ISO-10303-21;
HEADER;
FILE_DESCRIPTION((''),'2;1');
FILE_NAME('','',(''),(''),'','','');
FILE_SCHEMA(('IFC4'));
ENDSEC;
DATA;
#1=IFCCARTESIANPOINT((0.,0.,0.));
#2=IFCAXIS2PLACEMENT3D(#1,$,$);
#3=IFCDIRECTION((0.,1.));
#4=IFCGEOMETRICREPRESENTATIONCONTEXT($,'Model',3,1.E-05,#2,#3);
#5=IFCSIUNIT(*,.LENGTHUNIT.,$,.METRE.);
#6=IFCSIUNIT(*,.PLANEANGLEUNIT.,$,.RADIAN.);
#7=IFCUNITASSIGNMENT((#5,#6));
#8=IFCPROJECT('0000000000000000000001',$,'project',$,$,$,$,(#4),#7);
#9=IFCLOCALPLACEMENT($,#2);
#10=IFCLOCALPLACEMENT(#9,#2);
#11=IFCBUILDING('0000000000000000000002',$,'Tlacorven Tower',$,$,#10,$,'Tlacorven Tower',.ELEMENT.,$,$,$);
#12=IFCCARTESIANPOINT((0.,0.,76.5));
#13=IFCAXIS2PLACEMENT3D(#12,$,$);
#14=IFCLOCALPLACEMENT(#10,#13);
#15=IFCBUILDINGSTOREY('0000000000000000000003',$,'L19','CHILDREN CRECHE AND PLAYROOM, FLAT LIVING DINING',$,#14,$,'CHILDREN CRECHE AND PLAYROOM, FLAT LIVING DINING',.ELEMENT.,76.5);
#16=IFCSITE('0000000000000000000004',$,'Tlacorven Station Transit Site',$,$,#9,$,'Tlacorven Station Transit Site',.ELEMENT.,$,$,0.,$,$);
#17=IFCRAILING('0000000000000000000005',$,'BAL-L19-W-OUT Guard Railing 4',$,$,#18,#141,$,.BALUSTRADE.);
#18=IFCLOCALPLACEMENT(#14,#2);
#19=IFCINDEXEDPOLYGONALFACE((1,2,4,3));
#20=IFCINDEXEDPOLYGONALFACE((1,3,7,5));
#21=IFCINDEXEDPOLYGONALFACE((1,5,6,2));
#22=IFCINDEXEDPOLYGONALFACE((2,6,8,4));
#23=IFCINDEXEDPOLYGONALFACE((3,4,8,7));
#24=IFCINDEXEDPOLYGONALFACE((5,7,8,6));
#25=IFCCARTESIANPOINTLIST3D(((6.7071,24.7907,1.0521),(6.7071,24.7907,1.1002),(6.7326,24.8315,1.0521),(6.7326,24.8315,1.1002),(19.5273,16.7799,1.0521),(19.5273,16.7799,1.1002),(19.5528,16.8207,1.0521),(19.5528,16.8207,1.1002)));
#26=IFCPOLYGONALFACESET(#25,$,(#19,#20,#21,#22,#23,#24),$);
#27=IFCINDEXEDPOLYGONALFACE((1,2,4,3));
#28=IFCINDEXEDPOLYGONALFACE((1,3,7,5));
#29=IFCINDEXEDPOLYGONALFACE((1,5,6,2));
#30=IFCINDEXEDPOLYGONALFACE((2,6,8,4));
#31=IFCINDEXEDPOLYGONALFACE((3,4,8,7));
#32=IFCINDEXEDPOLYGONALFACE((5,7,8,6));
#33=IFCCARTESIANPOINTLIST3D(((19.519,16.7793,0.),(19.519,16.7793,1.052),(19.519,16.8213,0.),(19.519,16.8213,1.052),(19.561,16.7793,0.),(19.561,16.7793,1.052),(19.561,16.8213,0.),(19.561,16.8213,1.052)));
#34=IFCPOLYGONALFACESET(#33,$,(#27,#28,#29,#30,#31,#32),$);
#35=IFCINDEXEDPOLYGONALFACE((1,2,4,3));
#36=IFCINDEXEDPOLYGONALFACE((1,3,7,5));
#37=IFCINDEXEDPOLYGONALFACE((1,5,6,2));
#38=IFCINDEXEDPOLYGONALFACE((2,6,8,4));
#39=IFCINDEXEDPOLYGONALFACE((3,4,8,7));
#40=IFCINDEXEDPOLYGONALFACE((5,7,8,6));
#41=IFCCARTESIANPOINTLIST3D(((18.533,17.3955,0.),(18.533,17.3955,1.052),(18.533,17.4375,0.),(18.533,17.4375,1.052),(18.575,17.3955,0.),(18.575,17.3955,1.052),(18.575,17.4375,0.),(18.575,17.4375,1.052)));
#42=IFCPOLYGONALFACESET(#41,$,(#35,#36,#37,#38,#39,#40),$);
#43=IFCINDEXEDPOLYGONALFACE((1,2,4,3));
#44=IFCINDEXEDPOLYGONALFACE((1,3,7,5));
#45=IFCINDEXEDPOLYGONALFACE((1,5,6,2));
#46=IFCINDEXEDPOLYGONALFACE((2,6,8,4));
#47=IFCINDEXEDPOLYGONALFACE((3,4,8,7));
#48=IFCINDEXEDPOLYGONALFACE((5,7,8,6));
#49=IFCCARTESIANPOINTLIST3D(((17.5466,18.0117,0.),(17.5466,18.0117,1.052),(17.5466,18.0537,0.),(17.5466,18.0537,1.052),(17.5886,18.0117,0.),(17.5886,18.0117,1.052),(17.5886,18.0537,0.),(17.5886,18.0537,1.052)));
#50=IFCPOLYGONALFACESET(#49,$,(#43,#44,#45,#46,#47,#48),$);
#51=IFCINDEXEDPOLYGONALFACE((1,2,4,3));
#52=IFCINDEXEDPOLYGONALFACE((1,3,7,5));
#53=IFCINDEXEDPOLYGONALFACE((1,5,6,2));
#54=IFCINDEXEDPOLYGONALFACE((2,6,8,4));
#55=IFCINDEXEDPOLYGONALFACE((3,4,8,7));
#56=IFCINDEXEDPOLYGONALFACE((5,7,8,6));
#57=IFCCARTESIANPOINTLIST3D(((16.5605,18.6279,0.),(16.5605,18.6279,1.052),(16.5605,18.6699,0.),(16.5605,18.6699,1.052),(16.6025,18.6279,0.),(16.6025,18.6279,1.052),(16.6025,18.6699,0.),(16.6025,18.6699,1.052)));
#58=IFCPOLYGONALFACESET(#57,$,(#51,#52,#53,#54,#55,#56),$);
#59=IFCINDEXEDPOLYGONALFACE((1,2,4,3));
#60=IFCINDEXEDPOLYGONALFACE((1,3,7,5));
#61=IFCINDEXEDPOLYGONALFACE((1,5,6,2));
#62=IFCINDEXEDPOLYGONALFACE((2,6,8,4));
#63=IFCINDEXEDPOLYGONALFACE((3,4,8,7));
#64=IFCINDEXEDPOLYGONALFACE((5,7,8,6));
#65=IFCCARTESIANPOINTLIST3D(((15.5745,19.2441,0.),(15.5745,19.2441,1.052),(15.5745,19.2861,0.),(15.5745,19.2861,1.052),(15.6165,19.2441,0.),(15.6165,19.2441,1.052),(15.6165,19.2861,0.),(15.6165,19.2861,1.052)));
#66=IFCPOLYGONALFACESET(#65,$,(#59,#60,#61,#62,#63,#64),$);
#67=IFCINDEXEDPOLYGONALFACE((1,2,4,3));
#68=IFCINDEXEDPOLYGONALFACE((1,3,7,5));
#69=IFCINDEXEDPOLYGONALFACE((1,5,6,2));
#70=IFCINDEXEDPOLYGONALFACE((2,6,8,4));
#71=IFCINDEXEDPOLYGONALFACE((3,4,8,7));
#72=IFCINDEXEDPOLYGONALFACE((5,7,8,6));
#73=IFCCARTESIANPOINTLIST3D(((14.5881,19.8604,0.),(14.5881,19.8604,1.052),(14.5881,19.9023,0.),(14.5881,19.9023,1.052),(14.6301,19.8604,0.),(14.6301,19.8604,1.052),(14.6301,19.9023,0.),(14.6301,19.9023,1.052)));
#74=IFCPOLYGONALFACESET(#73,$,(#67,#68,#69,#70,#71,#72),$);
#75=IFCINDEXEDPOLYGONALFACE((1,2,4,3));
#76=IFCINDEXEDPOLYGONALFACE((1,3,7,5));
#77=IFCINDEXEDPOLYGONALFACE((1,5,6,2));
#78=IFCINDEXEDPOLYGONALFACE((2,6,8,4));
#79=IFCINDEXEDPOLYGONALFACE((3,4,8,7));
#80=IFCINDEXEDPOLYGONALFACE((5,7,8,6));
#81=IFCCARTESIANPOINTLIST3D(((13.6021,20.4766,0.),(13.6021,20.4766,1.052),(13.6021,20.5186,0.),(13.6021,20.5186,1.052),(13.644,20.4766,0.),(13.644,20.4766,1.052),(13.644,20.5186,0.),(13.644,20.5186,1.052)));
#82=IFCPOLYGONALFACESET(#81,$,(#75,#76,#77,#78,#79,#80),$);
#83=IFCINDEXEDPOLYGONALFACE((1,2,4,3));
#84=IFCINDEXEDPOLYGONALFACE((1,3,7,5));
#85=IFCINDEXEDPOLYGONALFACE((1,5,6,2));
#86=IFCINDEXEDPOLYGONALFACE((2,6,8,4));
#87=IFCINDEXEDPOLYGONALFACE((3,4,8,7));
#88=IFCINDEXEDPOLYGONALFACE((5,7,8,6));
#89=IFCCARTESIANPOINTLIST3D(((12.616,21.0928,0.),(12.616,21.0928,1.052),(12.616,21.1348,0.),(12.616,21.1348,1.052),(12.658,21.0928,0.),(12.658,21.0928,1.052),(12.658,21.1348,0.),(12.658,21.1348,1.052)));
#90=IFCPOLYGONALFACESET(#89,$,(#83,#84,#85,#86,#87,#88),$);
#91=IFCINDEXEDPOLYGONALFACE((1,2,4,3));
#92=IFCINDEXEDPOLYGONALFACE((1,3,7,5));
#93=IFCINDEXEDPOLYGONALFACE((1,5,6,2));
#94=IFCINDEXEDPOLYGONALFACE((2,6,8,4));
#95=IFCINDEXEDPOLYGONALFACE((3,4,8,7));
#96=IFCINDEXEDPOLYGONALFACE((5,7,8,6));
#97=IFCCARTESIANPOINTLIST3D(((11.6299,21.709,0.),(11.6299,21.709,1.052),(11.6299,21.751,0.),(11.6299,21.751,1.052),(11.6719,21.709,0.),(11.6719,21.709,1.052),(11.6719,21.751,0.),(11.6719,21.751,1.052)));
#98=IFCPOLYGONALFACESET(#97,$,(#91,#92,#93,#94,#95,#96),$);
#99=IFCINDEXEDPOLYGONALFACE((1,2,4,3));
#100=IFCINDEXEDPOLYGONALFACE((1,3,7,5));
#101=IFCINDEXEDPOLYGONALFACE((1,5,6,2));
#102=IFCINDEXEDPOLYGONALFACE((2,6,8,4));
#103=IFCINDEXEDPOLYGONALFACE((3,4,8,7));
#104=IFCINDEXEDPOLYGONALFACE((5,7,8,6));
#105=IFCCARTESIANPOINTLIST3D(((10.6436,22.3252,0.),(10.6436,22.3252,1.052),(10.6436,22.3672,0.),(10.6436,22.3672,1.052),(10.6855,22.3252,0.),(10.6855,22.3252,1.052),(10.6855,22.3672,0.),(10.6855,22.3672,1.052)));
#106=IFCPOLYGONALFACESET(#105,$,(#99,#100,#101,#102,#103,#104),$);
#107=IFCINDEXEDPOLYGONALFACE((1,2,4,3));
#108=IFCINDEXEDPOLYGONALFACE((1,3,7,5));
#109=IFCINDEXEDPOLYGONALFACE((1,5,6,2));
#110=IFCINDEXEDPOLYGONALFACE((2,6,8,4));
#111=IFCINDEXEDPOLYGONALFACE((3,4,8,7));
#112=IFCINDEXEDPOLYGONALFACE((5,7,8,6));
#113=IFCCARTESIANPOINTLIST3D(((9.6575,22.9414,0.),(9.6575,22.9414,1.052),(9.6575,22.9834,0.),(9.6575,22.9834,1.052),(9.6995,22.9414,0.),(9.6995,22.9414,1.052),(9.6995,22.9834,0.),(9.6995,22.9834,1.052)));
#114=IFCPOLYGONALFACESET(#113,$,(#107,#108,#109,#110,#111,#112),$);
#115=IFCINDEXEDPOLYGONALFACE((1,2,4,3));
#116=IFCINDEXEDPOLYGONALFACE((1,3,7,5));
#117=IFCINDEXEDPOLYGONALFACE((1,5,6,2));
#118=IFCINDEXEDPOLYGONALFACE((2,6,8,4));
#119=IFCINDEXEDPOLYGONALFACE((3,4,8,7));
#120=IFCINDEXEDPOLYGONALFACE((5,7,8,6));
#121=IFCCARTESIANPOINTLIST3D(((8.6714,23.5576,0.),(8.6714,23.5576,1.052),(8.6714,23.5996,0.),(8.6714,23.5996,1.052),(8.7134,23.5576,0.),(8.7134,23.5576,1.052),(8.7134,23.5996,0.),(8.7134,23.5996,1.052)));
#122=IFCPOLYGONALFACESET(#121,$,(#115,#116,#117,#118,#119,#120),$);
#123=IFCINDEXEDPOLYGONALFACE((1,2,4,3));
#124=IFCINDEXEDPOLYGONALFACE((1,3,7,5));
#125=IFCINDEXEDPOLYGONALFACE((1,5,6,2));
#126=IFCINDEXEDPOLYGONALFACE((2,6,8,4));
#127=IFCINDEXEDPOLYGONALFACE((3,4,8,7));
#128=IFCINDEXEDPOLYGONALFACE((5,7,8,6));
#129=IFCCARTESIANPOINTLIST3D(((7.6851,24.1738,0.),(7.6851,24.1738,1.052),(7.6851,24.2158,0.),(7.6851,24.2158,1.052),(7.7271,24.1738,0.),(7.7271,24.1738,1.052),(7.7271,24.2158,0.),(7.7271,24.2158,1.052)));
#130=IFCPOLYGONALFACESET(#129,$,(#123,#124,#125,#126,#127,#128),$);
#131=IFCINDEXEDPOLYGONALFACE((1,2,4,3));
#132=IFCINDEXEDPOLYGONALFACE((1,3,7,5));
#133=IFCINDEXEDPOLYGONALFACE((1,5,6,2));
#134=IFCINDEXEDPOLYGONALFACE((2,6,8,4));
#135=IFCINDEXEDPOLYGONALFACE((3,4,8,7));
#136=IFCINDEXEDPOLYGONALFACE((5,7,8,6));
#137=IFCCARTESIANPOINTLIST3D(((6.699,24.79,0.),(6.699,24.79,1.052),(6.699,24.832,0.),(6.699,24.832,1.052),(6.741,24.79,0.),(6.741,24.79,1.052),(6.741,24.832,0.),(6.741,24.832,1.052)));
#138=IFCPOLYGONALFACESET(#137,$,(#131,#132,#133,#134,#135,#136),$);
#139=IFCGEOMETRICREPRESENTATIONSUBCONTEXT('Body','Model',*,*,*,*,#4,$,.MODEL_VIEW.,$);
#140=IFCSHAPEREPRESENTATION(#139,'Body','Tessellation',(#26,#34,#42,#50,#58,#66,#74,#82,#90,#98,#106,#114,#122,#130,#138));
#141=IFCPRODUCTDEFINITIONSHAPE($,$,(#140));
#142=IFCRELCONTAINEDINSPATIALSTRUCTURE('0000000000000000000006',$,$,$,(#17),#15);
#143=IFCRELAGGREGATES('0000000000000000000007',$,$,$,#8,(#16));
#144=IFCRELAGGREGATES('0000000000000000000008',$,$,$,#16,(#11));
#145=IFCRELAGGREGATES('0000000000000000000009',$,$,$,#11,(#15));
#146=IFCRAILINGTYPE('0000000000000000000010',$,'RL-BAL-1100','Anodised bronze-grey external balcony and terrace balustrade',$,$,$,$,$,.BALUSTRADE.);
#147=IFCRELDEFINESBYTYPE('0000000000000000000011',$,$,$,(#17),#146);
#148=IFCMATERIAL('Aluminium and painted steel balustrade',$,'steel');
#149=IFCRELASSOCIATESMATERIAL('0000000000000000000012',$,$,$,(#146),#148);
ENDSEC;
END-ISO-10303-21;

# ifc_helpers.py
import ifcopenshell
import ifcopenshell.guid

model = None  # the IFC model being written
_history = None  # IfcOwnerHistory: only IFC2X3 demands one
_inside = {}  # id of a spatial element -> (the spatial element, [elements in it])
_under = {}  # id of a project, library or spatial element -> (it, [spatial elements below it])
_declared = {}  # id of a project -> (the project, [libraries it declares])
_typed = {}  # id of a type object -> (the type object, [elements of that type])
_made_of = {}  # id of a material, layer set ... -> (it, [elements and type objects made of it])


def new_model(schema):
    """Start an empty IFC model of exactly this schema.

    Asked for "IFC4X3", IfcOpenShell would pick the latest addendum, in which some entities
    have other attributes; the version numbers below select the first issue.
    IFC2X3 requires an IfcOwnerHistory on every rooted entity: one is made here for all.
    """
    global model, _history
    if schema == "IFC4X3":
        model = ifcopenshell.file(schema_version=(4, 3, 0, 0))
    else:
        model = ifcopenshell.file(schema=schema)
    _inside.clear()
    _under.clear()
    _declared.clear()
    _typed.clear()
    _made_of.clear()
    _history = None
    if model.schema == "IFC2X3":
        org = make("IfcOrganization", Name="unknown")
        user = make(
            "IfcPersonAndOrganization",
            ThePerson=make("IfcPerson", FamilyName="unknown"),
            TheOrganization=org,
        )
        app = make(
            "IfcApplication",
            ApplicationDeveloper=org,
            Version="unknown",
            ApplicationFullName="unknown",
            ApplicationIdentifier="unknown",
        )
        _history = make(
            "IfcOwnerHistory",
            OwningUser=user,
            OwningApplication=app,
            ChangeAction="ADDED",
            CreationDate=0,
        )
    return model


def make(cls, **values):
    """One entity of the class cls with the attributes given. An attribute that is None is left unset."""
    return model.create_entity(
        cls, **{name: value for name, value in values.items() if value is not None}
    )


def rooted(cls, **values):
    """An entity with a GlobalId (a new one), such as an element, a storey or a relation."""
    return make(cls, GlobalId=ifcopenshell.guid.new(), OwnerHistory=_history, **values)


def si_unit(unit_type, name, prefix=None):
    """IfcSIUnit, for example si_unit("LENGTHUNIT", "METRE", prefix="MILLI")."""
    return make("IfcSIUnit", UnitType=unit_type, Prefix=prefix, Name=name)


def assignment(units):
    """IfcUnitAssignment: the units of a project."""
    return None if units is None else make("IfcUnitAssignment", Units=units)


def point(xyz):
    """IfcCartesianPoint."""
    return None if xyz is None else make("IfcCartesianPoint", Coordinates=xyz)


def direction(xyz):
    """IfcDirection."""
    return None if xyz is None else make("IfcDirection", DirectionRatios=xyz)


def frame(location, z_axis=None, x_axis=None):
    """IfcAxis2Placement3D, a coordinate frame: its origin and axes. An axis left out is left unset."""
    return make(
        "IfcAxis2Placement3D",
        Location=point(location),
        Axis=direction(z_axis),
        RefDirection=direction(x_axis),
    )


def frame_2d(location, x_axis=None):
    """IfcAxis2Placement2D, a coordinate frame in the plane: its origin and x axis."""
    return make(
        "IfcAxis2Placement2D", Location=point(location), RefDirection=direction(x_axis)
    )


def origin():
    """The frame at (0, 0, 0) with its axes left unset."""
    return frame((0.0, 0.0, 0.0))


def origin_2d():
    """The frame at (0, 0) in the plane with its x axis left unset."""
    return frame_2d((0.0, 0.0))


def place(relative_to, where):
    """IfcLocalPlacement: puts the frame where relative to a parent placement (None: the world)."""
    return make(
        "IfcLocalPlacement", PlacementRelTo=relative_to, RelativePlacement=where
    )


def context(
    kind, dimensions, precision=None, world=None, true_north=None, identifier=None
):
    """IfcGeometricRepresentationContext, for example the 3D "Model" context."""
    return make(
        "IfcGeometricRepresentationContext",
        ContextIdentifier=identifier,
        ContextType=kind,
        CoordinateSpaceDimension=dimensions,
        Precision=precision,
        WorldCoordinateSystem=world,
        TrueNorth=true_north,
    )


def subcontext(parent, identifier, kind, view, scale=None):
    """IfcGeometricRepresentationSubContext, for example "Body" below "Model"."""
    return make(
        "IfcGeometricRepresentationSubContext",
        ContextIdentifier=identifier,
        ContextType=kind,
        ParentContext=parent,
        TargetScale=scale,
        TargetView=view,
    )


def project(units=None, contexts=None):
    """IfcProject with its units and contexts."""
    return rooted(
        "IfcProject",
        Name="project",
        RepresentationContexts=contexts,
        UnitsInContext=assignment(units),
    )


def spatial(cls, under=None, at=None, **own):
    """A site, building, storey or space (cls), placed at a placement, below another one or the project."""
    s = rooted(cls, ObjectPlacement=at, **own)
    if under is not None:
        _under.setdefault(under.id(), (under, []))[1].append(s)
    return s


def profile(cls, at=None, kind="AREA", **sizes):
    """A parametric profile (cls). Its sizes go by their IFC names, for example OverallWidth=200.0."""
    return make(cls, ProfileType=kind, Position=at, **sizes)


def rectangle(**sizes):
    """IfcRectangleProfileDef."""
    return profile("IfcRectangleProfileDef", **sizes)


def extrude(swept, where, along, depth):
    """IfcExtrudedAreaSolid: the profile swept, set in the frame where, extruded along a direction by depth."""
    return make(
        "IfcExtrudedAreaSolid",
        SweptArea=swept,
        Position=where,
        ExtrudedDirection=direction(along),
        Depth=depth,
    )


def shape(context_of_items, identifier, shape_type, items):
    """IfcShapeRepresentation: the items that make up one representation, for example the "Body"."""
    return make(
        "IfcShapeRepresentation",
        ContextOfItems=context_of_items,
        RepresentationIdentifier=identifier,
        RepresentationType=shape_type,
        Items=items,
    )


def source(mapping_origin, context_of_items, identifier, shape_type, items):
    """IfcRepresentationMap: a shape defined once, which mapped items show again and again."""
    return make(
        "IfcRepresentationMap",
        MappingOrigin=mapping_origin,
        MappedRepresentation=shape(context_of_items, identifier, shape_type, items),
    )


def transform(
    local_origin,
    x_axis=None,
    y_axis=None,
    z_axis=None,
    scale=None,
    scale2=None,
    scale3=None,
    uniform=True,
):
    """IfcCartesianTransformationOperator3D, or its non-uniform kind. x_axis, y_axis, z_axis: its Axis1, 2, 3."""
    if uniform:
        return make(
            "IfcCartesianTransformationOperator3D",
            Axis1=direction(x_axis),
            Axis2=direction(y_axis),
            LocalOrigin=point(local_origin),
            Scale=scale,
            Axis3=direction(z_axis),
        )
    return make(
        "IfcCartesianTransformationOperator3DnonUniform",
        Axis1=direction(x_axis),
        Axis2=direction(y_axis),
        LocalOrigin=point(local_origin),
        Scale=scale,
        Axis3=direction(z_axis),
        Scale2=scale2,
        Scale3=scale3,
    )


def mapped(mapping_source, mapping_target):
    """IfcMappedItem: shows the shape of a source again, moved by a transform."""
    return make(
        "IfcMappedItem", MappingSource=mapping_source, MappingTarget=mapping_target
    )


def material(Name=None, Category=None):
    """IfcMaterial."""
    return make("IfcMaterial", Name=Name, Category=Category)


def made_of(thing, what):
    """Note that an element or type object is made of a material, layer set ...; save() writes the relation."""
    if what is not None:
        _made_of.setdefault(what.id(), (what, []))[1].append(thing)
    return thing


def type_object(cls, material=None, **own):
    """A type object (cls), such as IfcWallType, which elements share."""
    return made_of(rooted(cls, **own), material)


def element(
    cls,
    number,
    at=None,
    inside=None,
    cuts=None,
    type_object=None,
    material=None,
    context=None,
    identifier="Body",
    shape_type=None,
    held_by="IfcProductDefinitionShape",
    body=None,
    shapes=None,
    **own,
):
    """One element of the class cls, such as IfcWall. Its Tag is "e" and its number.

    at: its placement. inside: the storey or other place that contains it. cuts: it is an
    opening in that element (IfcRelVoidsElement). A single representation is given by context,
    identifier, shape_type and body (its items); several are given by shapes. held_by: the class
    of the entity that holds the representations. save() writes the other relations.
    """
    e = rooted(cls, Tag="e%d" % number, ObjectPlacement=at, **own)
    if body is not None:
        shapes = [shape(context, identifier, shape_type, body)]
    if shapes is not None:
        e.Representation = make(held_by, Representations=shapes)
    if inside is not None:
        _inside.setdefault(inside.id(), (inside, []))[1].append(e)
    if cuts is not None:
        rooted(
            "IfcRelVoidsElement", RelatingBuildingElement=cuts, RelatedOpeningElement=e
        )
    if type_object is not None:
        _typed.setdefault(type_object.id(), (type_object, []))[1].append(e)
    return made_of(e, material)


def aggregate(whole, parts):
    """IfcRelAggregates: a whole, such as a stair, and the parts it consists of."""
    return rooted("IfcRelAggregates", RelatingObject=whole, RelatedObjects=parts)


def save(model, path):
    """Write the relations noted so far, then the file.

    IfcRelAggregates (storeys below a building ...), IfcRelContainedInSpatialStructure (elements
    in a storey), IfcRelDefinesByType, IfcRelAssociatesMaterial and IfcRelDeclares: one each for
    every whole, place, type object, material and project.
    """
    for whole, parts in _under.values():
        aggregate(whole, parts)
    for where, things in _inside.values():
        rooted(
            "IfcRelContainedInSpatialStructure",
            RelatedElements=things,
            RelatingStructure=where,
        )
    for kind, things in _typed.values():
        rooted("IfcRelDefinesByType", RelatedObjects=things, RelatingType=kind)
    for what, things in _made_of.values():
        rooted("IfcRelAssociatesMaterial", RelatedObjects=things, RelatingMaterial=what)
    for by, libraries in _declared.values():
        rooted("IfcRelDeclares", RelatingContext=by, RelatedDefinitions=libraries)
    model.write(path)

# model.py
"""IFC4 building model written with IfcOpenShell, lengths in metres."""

from ifc_helpers import new_model, si_unit, direction, frame, origin, origin_2d, place, context, subcontext, project, spatial, rectangle, extrude, source, transform, mapped, material, type_object, element, save


model = new_model("IFC4")

# Units and contexts
model_context = context("Model", 3, precision=1e-05, world=origin(), true_north=direction((0.0, 1.0)))
body_context = subcontext(model_context, "Body", "Model", "MODEL_VIEW")
ifc_project = project(units=[si_unit("LENGTHUNIT", "METRE"), si_unit("PLANEANGLEUNIT", "RADIAN")], contexts=[model_context])

# Site, building, storey
site_placement = place(None, origin())
site = spatial("IfcSite", under=ifc_project, at=site_placement, Name="Tlacorven Station Transit Site", LongName="Tlacorven Station Transit Site", CompositionType="ELEMENT", RefElevation=0.0)
building_placement = place(site_placement, origin())
building = spatial("IfcBuilding", under=site, at=building_placement, Name="Tlacorven Tower", LongName="Tlacorven Tower", CompositionType="ELEMENT")
storey_placement = place(building_placement, frame((0.0, 0.0, 76.5)))
storey = spatial("IfcBuildingStorey", under=building, at=storey_placement, Name="L19", Description="CHILDREN CRECHE AND PLAYROOM, FLAT LIVING DINING", LongName="CHILDREN CRECHE AND PLAYROOM, FLAT LIVING DINING", CompositionType="ELEMENT", Elevation=76.5)

# Railing
ifc_material_1 = material(Name="Aluminium and painted steel balustrade", Category="steel")
railing_type = type_object("IfcRailingType", Name="RL-BAL-1100", Description="Anodised bronze-grey external balcony and terrace balustrade", PredefinedType="BALUSTRADE", material=ifc_material_1)
shared_shape_1 = source(origin(), body_context, "Body", "SweptSolid", [
    extrude(rectangle(XDim=0.0481, YDim=0.0481, at=origin_2d()), frame((0.0, 0.0, 1.0762), z_axis=(-0.848052, 0.529913, 0.0), x_axis=(-0.529913, -0.848052, 0.0)), (0.0, 0.0, 1.0), 15.1172),
    extrude(rectangle(XDim=0.042, YDim=0.042, at=origin_2d()), origin(), (0.0, 0.0, 1.0), 1.052),
    extrude(rectangle(XDim=0.042, YDim=0.042, at=origin_2d()), frame((-0.9861, 0.6162, 0.0)), (0.0, 0.0, 1.0), 1.052),
    extrude(rectangle(XDim=0.042, YDim=0.042, at=origin_2d()), frame((-1.9724, 1.2324, 0.0)), (0.0, 0.0, 1.0), 1.052),
    extrude(rectangle(XDim=0.042, YDim=0.042, at=origin_2d()), frame((-2.9585, 1.8486, 0.0)), (0.0, 0.0, 1.0), 1.052),
    extrude(rectangle(XDim=0.042, YDim=0.042, at=origin_2d()), frame((-3.9446, 2.4648, 0.0)), (0.0, 0.0, 1.0), 1.052),
    extrude(rectangle(XDim=0.042, YDim=0.042, at=origin_2d()), frame((-4.9309, 3.0811, 0.0)), (0.0, 0.0, 1.0), 1.052),
    extrude(rectangle(XDim=0.042, YDim=0.042, at=origin_2d()), frame((-5.917, 3.6973, 0.0)), (0.0, 0.0, 1.0), 1.052),
    extrude(rectangle(XDim=0.042, YDim=0.042, at=origin_2d()), frame((-6.9031, 4.3135, 0.0)), (0.0, 0.0, 1.0), 1.052),
    extrude(rectangle(XDim=0.042, YDim=0.042, at=origin_2d()), frame((-7.8892, 4.9297, 0.0)), (0.0, 0.0, 1.0), 1.052),
    extrude(rectangle(XDim=0.042, YDim=0.042, at=origin_2d()), frame((-8.8755, 5.5459, 0.0)), (0.0, 0.0, 1.0), 1.052),
    extrude(rectangle(XDim=0.042, YDim=0.042, at=origin_2d()), frame((-9.8616, 6.1621, 0.0)), (0.0, 0.0, 1.0), 1.052),
    extrude(rectangle(XDim=0.042, YDim=0.042, at=origin_2d()), frame((-10.8477, 6.7783, 0.0)), (0.0, 0.0, 1.0), 1.052),
    extrude(rectangle(XDim=0.042, YDim=0.042, at=origin_2d()), frame((-11.834, 7.3945, 0.0)), (0.0, 0.0, 1.0), 1.052),
    extrude(rectangle(XDim=0.042, YDim=0.042, at=origin_2d()), frame((-12.8201, 8.0107, 0.0)), (0.0, 0.0, 1.0), 1.052),
])
railing_1_placement = place(storey_placement, frame((19.54, 16.8003, 0.0)))
element("IfcRailing", 1, at=railing_1_placement, inside=storey, type_object=railing_type, Name="BAL-L19-W-OUT Guard Railing 4", PredefinedType="BALUSTRADE", context=body_context, shape_type="MappedRepresentation", body=[
    mapped(shared_shape_1, transform((0.0, 0.0, 0.0), scale=1.0)),
])

save(model, "model.ifc")
